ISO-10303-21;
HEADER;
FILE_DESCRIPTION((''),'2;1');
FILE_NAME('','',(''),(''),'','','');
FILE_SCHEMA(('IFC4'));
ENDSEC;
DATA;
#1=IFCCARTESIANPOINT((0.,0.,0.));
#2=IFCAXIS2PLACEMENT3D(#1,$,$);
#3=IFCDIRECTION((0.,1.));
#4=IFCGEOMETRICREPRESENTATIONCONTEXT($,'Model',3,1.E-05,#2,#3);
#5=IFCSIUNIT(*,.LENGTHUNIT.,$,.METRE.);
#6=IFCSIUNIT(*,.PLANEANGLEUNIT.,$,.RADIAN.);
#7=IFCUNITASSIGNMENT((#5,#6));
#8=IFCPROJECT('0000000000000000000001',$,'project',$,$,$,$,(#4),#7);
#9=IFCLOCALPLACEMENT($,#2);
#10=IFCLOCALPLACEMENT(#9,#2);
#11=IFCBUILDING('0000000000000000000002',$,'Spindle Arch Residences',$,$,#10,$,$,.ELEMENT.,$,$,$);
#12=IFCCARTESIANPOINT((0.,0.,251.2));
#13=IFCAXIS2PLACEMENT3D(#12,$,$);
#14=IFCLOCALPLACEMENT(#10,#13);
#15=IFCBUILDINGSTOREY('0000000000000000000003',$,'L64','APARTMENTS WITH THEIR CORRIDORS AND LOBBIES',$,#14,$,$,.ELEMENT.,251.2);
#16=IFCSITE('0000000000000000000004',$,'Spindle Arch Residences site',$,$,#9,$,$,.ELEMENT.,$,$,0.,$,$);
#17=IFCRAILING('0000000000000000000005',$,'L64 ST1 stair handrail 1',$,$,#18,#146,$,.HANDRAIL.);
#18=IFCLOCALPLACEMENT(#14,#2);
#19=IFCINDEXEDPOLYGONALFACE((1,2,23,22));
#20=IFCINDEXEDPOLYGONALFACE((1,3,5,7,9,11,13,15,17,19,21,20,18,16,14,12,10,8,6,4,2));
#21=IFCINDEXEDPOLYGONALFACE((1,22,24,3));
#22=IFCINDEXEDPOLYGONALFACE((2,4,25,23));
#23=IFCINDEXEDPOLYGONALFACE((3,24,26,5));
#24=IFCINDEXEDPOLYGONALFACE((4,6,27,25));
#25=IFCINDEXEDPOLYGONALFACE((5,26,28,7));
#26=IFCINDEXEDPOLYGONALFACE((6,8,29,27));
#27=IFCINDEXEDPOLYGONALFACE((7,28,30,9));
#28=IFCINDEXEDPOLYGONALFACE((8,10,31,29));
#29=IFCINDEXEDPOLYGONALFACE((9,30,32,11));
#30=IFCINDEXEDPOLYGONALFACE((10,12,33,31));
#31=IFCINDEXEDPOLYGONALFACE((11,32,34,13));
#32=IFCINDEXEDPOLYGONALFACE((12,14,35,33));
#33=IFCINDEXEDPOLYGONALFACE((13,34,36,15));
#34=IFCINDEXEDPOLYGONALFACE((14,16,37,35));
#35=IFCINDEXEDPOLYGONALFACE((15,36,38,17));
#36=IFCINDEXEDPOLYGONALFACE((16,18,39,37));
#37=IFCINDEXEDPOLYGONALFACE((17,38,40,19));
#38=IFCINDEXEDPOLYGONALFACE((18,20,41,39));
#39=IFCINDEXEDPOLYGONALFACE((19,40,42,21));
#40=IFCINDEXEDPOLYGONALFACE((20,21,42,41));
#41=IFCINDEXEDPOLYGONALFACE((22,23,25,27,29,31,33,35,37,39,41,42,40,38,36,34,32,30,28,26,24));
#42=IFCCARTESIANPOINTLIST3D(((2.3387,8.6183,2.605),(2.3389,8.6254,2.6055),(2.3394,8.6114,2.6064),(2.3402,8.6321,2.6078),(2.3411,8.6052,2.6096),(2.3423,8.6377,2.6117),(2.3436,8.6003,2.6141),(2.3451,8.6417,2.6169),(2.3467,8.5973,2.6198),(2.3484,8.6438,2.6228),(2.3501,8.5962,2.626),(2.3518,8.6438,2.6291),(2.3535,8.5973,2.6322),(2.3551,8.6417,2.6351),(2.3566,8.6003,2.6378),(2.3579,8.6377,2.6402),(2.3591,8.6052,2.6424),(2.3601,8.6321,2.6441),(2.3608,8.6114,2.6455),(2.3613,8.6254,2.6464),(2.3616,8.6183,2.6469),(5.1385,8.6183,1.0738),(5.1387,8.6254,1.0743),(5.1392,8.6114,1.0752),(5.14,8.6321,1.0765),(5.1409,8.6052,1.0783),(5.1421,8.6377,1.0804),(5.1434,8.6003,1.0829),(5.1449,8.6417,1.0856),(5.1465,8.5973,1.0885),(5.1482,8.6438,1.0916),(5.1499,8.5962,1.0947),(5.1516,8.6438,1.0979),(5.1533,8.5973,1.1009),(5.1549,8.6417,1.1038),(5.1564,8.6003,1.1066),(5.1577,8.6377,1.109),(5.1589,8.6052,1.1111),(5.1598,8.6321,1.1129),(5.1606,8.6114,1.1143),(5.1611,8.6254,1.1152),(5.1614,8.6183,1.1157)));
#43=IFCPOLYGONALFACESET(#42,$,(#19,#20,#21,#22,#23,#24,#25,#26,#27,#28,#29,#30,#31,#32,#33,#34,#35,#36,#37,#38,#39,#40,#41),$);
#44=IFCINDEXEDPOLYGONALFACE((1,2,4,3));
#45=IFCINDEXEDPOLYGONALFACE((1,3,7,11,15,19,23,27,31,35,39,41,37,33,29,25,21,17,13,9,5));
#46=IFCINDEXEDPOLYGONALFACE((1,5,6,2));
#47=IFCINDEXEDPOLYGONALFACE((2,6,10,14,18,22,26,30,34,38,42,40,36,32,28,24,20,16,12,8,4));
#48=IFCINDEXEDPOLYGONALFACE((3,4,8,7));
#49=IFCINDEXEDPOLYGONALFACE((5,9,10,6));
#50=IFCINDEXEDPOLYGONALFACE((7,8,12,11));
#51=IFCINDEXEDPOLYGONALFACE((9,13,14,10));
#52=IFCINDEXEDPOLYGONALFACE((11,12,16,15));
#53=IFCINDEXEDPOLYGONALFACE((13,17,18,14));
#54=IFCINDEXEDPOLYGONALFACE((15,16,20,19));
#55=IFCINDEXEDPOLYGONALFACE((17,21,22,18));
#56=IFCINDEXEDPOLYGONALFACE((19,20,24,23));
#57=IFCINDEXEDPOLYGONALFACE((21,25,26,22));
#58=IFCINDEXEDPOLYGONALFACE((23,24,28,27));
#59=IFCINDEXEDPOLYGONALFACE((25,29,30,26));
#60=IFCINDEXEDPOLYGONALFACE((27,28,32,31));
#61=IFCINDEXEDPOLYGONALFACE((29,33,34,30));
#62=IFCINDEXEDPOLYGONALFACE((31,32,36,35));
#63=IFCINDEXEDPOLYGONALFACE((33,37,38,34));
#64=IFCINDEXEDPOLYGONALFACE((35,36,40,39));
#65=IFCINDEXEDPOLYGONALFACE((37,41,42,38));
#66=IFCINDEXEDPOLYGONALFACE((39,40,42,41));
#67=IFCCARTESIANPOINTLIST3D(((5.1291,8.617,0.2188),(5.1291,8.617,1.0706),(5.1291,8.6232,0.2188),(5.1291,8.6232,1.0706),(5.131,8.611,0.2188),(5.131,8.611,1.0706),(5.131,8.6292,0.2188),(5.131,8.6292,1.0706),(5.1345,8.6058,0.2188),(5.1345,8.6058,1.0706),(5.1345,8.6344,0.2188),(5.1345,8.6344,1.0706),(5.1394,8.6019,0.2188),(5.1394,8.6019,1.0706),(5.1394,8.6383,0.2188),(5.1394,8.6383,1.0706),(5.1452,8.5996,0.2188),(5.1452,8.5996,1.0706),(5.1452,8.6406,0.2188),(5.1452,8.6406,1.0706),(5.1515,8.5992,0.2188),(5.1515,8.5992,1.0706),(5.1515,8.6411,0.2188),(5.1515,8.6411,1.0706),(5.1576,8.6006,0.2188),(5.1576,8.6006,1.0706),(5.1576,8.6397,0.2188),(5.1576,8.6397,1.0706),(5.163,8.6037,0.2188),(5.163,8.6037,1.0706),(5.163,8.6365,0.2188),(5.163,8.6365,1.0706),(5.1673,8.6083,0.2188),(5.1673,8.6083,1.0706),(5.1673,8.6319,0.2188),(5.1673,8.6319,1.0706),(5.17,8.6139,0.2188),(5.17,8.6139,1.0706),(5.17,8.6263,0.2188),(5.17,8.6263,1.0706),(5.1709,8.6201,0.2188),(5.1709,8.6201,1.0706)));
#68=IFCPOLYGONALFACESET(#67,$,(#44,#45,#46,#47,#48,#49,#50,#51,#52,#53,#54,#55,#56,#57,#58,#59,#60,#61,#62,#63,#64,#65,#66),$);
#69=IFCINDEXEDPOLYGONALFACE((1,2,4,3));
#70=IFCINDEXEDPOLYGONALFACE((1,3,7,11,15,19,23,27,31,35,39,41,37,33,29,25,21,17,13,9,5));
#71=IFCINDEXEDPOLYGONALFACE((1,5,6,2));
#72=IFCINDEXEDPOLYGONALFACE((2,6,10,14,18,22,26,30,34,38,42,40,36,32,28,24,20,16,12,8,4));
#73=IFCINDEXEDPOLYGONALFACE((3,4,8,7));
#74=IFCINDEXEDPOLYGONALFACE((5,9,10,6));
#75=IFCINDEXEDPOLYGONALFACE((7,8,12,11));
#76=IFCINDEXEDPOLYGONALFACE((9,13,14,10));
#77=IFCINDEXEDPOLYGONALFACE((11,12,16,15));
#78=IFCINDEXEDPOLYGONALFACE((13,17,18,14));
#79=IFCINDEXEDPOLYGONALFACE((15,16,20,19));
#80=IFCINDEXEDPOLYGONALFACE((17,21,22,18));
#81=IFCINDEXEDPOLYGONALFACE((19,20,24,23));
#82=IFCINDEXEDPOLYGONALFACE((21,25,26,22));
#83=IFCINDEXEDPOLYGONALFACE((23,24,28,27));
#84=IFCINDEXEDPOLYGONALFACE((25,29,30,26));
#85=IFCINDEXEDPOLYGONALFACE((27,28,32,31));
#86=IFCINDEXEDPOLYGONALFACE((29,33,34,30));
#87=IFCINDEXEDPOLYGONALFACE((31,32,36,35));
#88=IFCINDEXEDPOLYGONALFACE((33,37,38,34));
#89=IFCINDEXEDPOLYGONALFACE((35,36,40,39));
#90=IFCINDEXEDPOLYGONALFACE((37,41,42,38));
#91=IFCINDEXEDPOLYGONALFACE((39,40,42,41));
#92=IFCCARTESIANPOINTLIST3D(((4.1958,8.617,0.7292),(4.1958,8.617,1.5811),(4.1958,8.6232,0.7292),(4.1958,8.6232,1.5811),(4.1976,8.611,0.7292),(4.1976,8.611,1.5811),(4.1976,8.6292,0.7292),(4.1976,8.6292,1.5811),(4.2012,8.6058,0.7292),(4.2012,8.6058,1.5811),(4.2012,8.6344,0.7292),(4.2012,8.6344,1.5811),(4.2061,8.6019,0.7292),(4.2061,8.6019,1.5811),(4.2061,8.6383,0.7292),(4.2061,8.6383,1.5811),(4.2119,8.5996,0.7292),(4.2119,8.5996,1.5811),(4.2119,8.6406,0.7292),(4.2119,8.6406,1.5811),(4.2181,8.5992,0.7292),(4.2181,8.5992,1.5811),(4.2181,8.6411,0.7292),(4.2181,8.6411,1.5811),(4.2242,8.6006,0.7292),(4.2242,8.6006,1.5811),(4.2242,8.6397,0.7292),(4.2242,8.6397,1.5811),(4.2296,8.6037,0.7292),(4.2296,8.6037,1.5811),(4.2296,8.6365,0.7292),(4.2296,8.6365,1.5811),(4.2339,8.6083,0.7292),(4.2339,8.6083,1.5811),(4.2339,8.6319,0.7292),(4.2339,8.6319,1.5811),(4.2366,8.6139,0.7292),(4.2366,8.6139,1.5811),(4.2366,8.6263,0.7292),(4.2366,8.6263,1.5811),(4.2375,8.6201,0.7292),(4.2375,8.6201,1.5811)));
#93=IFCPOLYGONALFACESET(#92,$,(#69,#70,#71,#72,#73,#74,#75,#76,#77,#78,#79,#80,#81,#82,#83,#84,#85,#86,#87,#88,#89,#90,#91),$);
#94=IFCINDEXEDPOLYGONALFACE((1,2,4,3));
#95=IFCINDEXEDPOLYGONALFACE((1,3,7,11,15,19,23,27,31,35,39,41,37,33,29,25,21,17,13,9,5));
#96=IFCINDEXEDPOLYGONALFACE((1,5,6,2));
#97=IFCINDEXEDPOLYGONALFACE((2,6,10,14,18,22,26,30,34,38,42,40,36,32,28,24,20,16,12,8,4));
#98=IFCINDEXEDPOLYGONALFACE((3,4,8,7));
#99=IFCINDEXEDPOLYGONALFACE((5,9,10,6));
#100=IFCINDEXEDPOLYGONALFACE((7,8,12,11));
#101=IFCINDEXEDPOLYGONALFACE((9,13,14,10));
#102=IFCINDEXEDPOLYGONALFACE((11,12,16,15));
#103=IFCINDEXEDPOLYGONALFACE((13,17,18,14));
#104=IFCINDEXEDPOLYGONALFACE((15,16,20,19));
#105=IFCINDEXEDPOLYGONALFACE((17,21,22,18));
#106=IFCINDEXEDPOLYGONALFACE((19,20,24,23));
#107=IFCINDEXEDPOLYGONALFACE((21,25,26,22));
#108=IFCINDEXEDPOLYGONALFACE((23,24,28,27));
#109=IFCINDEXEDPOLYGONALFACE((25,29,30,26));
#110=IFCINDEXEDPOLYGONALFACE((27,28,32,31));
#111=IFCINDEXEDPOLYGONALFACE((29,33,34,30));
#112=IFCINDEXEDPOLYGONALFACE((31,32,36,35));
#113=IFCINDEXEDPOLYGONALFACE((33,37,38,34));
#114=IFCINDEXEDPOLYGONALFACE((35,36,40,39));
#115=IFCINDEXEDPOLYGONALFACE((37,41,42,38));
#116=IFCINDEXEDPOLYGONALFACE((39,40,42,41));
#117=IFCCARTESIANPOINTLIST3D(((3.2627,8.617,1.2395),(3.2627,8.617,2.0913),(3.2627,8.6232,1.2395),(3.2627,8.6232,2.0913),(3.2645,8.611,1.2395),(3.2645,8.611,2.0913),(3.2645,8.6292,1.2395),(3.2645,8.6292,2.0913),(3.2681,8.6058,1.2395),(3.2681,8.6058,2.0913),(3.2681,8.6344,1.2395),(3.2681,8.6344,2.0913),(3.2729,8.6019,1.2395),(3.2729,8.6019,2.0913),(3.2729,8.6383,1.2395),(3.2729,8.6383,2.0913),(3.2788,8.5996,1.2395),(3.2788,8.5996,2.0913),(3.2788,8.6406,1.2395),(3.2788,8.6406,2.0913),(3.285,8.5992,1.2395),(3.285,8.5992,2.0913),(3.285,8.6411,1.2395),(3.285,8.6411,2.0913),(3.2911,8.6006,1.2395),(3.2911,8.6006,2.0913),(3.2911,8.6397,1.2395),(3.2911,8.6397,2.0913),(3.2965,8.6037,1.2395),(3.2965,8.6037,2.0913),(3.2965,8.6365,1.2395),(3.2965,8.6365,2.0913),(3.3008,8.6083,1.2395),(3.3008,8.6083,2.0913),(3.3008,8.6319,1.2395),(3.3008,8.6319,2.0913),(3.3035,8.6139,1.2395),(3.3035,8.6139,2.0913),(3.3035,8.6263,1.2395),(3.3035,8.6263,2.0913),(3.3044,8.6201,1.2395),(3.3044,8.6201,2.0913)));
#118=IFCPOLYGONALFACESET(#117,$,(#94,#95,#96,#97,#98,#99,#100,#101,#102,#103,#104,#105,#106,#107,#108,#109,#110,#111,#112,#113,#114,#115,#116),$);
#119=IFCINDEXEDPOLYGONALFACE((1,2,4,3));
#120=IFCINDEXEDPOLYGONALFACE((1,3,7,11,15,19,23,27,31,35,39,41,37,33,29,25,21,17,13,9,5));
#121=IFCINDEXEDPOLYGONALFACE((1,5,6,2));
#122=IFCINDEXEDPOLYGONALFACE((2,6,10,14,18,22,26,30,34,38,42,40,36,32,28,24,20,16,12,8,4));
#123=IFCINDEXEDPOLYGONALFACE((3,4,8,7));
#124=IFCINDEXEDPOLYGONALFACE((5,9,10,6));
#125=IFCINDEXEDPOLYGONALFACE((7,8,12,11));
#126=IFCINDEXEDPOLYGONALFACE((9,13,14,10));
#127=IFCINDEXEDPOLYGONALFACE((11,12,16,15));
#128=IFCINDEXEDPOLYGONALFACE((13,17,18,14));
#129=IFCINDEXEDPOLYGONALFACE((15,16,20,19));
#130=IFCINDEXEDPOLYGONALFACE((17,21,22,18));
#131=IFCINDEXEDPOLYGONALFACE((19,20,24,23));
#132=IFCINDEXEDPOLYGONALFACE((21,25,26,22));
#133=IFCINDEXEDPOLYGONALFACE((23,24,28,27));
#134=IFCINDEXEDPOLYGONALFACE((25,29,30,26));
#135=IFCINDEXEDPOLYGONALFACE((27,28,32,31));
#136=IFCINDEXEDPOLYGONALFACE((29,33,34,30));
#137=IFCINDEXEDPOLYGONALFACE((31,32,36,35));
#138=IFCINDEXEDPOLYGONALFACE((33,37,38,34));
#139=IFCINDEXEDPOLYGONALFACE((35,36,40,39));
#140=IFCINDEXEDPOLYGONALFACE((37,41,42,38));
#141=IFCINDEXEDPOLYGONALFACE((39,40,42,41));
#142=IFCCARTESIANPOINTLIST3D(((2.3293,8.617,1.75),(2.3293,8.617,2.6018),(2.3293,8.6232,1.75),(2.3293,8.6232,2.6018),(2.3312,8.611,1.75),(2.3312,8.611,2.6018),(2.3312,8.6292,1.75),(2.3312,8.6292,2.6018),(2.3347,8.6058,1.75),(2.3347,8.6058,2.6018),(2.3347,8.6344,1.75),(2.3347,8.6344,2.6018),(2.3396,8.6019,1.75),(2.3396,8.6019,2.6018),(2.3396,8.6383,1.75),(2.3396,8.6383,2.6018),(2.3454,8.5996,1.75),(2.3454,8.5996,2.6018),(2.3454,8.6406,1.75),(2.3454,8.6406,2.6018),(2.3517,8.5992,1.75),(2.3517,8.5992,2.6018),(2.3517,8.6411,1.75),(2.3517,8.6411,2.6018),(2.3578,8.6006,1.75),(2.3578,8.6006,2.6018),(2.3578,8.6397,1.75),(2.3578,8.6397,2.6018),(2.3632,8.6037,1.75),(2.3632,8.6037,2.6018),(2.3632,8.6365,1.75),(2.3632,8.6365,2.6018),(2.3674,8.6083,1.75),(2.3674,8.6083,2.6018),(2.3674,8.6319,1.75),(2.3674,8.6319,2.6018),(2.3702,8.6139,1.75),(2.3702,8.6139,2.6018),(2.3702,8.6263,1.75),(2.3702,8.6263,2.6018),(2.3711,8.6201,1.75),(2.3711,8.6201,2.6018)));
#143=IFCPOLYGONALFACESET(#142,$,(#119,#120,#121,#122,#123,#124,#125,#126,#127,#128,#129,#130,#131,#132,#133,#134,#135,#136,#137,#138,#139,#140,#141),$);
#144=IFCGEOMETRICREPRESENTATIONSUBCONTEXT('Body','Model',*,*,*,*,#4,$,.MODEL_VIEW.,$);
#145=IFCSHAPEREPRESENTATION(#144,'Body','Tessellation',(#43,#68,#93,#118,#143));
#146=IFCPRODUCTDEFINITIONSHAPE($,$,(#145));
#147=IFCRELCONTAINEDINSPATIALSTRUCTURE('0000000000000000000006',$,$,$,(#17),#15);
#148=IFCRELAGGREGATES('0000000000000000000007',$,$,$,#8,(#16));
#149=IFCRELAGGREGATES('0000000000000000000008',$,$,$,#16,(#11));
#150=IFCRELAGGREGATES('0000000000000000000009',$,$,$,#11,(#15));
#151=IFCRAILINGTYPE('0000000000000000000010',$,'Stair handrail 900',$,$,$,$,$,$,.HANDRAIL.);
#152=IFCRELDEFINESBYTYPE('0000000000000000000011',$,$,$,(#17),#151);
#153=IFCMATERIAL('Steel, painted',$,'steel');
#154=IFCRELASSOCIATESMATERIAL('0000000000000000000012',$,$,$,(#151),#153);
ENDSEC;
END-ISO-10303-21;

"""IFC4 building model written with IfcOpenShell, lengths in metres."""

from ifc_helpers import new_model, si_unit, direction, frame, origin, origin_2d, place, context, subcontext, project, spatial, circle, extrude, material, type_object, element, save


model = new_model("IFC4")

# Units and contexts
model_context = context("Model", 3, precision=1e-05, world=origin(), true_north=direction((0.0, 1.0)))
body_context = subcontext(model_context, "Body", "Model", "MODEL_VIEW")
ifc_project = project(units=[si_unit("LENGTHUNIT", "METRE"), si_unit("PLANEANGLEUNIT", "RADIAN")], contexts=[model_context])

# Site, building, storey
site_placement = place(None, origin())
site = spatial("IfcSite", under=ifc_project, at=site_placement, Name="Spindle Arch Residences site", CompositionType="ELEMENT", RefElevation=0.0)
building_placement = place(site_placement, origin())
building = spatial("IfcBuilding", under=site, at=building_placement, Name="Spindle Arch Residences", CompositionType="ELEMENT")
storey_placement = place(building_placement, frame((0.0, 0.0, 251.2)))
storey = spatial("IfcBuildingStorey", under=building, at=storey_placement, Name="L64", Description="APARTMENTS WITH THEIR CORRIDORS AND LOBBIES", CompositionType="ELEMENT", Elevation=251.2)

# Railing
ifc_material_1 = material(Name="Steel, painted", Category="steel")
railing_type_1 = type_object("IfcRailingType", Name="Stair handrail 900", PredefinedType="HANDRAIL", material=ifc_material_1)
railing_1_placement = place(storey_placement, frame((5.1499, 8.6201, 0.2188)))
element("IfcRailing", 1, at=railing_1_placement, inside=storey, type_object=railing_type_1, Name="L64 ST1 stair handrail 1", PredefinedType="HANDRAIL", context=body_context, shape_type="SweptSolid", body=[
    extrude(circle(Radius=0.0239, at=origin_2d()), frame((0.0, 0.0, 0.876), z_axis=(-0.877357, 0.0, 0.479838), x_axis=(0.0, -1.0, 0.0)), (0.0, 0.0, 1.0), 3.1912),
    extrude(circle(Radius=0.021, at=origin_2d()), origin(), (0.0, 0.0, 1.0), 0.8518),
    extrude(circle(Radius=0.021, at=origin_2d()), frame((-0.9333, 0.0, 0.5105)), (0.0, 0.0, 1.0), 0.8518),
    extrude(circle(Radius=0.021, at=origin_2d()), frame((-1.8665, 0.0, 1.0208)), (0.0, 0.0, 1.0), 0.8518),
    extrude(circle(Radius=0.021, at=origin_2d()), frame((-2.7998, 0.0, 1.5312)), (0.0, 0.0, 1.0), 0.8518),
])

save(model, "model.ifc")
